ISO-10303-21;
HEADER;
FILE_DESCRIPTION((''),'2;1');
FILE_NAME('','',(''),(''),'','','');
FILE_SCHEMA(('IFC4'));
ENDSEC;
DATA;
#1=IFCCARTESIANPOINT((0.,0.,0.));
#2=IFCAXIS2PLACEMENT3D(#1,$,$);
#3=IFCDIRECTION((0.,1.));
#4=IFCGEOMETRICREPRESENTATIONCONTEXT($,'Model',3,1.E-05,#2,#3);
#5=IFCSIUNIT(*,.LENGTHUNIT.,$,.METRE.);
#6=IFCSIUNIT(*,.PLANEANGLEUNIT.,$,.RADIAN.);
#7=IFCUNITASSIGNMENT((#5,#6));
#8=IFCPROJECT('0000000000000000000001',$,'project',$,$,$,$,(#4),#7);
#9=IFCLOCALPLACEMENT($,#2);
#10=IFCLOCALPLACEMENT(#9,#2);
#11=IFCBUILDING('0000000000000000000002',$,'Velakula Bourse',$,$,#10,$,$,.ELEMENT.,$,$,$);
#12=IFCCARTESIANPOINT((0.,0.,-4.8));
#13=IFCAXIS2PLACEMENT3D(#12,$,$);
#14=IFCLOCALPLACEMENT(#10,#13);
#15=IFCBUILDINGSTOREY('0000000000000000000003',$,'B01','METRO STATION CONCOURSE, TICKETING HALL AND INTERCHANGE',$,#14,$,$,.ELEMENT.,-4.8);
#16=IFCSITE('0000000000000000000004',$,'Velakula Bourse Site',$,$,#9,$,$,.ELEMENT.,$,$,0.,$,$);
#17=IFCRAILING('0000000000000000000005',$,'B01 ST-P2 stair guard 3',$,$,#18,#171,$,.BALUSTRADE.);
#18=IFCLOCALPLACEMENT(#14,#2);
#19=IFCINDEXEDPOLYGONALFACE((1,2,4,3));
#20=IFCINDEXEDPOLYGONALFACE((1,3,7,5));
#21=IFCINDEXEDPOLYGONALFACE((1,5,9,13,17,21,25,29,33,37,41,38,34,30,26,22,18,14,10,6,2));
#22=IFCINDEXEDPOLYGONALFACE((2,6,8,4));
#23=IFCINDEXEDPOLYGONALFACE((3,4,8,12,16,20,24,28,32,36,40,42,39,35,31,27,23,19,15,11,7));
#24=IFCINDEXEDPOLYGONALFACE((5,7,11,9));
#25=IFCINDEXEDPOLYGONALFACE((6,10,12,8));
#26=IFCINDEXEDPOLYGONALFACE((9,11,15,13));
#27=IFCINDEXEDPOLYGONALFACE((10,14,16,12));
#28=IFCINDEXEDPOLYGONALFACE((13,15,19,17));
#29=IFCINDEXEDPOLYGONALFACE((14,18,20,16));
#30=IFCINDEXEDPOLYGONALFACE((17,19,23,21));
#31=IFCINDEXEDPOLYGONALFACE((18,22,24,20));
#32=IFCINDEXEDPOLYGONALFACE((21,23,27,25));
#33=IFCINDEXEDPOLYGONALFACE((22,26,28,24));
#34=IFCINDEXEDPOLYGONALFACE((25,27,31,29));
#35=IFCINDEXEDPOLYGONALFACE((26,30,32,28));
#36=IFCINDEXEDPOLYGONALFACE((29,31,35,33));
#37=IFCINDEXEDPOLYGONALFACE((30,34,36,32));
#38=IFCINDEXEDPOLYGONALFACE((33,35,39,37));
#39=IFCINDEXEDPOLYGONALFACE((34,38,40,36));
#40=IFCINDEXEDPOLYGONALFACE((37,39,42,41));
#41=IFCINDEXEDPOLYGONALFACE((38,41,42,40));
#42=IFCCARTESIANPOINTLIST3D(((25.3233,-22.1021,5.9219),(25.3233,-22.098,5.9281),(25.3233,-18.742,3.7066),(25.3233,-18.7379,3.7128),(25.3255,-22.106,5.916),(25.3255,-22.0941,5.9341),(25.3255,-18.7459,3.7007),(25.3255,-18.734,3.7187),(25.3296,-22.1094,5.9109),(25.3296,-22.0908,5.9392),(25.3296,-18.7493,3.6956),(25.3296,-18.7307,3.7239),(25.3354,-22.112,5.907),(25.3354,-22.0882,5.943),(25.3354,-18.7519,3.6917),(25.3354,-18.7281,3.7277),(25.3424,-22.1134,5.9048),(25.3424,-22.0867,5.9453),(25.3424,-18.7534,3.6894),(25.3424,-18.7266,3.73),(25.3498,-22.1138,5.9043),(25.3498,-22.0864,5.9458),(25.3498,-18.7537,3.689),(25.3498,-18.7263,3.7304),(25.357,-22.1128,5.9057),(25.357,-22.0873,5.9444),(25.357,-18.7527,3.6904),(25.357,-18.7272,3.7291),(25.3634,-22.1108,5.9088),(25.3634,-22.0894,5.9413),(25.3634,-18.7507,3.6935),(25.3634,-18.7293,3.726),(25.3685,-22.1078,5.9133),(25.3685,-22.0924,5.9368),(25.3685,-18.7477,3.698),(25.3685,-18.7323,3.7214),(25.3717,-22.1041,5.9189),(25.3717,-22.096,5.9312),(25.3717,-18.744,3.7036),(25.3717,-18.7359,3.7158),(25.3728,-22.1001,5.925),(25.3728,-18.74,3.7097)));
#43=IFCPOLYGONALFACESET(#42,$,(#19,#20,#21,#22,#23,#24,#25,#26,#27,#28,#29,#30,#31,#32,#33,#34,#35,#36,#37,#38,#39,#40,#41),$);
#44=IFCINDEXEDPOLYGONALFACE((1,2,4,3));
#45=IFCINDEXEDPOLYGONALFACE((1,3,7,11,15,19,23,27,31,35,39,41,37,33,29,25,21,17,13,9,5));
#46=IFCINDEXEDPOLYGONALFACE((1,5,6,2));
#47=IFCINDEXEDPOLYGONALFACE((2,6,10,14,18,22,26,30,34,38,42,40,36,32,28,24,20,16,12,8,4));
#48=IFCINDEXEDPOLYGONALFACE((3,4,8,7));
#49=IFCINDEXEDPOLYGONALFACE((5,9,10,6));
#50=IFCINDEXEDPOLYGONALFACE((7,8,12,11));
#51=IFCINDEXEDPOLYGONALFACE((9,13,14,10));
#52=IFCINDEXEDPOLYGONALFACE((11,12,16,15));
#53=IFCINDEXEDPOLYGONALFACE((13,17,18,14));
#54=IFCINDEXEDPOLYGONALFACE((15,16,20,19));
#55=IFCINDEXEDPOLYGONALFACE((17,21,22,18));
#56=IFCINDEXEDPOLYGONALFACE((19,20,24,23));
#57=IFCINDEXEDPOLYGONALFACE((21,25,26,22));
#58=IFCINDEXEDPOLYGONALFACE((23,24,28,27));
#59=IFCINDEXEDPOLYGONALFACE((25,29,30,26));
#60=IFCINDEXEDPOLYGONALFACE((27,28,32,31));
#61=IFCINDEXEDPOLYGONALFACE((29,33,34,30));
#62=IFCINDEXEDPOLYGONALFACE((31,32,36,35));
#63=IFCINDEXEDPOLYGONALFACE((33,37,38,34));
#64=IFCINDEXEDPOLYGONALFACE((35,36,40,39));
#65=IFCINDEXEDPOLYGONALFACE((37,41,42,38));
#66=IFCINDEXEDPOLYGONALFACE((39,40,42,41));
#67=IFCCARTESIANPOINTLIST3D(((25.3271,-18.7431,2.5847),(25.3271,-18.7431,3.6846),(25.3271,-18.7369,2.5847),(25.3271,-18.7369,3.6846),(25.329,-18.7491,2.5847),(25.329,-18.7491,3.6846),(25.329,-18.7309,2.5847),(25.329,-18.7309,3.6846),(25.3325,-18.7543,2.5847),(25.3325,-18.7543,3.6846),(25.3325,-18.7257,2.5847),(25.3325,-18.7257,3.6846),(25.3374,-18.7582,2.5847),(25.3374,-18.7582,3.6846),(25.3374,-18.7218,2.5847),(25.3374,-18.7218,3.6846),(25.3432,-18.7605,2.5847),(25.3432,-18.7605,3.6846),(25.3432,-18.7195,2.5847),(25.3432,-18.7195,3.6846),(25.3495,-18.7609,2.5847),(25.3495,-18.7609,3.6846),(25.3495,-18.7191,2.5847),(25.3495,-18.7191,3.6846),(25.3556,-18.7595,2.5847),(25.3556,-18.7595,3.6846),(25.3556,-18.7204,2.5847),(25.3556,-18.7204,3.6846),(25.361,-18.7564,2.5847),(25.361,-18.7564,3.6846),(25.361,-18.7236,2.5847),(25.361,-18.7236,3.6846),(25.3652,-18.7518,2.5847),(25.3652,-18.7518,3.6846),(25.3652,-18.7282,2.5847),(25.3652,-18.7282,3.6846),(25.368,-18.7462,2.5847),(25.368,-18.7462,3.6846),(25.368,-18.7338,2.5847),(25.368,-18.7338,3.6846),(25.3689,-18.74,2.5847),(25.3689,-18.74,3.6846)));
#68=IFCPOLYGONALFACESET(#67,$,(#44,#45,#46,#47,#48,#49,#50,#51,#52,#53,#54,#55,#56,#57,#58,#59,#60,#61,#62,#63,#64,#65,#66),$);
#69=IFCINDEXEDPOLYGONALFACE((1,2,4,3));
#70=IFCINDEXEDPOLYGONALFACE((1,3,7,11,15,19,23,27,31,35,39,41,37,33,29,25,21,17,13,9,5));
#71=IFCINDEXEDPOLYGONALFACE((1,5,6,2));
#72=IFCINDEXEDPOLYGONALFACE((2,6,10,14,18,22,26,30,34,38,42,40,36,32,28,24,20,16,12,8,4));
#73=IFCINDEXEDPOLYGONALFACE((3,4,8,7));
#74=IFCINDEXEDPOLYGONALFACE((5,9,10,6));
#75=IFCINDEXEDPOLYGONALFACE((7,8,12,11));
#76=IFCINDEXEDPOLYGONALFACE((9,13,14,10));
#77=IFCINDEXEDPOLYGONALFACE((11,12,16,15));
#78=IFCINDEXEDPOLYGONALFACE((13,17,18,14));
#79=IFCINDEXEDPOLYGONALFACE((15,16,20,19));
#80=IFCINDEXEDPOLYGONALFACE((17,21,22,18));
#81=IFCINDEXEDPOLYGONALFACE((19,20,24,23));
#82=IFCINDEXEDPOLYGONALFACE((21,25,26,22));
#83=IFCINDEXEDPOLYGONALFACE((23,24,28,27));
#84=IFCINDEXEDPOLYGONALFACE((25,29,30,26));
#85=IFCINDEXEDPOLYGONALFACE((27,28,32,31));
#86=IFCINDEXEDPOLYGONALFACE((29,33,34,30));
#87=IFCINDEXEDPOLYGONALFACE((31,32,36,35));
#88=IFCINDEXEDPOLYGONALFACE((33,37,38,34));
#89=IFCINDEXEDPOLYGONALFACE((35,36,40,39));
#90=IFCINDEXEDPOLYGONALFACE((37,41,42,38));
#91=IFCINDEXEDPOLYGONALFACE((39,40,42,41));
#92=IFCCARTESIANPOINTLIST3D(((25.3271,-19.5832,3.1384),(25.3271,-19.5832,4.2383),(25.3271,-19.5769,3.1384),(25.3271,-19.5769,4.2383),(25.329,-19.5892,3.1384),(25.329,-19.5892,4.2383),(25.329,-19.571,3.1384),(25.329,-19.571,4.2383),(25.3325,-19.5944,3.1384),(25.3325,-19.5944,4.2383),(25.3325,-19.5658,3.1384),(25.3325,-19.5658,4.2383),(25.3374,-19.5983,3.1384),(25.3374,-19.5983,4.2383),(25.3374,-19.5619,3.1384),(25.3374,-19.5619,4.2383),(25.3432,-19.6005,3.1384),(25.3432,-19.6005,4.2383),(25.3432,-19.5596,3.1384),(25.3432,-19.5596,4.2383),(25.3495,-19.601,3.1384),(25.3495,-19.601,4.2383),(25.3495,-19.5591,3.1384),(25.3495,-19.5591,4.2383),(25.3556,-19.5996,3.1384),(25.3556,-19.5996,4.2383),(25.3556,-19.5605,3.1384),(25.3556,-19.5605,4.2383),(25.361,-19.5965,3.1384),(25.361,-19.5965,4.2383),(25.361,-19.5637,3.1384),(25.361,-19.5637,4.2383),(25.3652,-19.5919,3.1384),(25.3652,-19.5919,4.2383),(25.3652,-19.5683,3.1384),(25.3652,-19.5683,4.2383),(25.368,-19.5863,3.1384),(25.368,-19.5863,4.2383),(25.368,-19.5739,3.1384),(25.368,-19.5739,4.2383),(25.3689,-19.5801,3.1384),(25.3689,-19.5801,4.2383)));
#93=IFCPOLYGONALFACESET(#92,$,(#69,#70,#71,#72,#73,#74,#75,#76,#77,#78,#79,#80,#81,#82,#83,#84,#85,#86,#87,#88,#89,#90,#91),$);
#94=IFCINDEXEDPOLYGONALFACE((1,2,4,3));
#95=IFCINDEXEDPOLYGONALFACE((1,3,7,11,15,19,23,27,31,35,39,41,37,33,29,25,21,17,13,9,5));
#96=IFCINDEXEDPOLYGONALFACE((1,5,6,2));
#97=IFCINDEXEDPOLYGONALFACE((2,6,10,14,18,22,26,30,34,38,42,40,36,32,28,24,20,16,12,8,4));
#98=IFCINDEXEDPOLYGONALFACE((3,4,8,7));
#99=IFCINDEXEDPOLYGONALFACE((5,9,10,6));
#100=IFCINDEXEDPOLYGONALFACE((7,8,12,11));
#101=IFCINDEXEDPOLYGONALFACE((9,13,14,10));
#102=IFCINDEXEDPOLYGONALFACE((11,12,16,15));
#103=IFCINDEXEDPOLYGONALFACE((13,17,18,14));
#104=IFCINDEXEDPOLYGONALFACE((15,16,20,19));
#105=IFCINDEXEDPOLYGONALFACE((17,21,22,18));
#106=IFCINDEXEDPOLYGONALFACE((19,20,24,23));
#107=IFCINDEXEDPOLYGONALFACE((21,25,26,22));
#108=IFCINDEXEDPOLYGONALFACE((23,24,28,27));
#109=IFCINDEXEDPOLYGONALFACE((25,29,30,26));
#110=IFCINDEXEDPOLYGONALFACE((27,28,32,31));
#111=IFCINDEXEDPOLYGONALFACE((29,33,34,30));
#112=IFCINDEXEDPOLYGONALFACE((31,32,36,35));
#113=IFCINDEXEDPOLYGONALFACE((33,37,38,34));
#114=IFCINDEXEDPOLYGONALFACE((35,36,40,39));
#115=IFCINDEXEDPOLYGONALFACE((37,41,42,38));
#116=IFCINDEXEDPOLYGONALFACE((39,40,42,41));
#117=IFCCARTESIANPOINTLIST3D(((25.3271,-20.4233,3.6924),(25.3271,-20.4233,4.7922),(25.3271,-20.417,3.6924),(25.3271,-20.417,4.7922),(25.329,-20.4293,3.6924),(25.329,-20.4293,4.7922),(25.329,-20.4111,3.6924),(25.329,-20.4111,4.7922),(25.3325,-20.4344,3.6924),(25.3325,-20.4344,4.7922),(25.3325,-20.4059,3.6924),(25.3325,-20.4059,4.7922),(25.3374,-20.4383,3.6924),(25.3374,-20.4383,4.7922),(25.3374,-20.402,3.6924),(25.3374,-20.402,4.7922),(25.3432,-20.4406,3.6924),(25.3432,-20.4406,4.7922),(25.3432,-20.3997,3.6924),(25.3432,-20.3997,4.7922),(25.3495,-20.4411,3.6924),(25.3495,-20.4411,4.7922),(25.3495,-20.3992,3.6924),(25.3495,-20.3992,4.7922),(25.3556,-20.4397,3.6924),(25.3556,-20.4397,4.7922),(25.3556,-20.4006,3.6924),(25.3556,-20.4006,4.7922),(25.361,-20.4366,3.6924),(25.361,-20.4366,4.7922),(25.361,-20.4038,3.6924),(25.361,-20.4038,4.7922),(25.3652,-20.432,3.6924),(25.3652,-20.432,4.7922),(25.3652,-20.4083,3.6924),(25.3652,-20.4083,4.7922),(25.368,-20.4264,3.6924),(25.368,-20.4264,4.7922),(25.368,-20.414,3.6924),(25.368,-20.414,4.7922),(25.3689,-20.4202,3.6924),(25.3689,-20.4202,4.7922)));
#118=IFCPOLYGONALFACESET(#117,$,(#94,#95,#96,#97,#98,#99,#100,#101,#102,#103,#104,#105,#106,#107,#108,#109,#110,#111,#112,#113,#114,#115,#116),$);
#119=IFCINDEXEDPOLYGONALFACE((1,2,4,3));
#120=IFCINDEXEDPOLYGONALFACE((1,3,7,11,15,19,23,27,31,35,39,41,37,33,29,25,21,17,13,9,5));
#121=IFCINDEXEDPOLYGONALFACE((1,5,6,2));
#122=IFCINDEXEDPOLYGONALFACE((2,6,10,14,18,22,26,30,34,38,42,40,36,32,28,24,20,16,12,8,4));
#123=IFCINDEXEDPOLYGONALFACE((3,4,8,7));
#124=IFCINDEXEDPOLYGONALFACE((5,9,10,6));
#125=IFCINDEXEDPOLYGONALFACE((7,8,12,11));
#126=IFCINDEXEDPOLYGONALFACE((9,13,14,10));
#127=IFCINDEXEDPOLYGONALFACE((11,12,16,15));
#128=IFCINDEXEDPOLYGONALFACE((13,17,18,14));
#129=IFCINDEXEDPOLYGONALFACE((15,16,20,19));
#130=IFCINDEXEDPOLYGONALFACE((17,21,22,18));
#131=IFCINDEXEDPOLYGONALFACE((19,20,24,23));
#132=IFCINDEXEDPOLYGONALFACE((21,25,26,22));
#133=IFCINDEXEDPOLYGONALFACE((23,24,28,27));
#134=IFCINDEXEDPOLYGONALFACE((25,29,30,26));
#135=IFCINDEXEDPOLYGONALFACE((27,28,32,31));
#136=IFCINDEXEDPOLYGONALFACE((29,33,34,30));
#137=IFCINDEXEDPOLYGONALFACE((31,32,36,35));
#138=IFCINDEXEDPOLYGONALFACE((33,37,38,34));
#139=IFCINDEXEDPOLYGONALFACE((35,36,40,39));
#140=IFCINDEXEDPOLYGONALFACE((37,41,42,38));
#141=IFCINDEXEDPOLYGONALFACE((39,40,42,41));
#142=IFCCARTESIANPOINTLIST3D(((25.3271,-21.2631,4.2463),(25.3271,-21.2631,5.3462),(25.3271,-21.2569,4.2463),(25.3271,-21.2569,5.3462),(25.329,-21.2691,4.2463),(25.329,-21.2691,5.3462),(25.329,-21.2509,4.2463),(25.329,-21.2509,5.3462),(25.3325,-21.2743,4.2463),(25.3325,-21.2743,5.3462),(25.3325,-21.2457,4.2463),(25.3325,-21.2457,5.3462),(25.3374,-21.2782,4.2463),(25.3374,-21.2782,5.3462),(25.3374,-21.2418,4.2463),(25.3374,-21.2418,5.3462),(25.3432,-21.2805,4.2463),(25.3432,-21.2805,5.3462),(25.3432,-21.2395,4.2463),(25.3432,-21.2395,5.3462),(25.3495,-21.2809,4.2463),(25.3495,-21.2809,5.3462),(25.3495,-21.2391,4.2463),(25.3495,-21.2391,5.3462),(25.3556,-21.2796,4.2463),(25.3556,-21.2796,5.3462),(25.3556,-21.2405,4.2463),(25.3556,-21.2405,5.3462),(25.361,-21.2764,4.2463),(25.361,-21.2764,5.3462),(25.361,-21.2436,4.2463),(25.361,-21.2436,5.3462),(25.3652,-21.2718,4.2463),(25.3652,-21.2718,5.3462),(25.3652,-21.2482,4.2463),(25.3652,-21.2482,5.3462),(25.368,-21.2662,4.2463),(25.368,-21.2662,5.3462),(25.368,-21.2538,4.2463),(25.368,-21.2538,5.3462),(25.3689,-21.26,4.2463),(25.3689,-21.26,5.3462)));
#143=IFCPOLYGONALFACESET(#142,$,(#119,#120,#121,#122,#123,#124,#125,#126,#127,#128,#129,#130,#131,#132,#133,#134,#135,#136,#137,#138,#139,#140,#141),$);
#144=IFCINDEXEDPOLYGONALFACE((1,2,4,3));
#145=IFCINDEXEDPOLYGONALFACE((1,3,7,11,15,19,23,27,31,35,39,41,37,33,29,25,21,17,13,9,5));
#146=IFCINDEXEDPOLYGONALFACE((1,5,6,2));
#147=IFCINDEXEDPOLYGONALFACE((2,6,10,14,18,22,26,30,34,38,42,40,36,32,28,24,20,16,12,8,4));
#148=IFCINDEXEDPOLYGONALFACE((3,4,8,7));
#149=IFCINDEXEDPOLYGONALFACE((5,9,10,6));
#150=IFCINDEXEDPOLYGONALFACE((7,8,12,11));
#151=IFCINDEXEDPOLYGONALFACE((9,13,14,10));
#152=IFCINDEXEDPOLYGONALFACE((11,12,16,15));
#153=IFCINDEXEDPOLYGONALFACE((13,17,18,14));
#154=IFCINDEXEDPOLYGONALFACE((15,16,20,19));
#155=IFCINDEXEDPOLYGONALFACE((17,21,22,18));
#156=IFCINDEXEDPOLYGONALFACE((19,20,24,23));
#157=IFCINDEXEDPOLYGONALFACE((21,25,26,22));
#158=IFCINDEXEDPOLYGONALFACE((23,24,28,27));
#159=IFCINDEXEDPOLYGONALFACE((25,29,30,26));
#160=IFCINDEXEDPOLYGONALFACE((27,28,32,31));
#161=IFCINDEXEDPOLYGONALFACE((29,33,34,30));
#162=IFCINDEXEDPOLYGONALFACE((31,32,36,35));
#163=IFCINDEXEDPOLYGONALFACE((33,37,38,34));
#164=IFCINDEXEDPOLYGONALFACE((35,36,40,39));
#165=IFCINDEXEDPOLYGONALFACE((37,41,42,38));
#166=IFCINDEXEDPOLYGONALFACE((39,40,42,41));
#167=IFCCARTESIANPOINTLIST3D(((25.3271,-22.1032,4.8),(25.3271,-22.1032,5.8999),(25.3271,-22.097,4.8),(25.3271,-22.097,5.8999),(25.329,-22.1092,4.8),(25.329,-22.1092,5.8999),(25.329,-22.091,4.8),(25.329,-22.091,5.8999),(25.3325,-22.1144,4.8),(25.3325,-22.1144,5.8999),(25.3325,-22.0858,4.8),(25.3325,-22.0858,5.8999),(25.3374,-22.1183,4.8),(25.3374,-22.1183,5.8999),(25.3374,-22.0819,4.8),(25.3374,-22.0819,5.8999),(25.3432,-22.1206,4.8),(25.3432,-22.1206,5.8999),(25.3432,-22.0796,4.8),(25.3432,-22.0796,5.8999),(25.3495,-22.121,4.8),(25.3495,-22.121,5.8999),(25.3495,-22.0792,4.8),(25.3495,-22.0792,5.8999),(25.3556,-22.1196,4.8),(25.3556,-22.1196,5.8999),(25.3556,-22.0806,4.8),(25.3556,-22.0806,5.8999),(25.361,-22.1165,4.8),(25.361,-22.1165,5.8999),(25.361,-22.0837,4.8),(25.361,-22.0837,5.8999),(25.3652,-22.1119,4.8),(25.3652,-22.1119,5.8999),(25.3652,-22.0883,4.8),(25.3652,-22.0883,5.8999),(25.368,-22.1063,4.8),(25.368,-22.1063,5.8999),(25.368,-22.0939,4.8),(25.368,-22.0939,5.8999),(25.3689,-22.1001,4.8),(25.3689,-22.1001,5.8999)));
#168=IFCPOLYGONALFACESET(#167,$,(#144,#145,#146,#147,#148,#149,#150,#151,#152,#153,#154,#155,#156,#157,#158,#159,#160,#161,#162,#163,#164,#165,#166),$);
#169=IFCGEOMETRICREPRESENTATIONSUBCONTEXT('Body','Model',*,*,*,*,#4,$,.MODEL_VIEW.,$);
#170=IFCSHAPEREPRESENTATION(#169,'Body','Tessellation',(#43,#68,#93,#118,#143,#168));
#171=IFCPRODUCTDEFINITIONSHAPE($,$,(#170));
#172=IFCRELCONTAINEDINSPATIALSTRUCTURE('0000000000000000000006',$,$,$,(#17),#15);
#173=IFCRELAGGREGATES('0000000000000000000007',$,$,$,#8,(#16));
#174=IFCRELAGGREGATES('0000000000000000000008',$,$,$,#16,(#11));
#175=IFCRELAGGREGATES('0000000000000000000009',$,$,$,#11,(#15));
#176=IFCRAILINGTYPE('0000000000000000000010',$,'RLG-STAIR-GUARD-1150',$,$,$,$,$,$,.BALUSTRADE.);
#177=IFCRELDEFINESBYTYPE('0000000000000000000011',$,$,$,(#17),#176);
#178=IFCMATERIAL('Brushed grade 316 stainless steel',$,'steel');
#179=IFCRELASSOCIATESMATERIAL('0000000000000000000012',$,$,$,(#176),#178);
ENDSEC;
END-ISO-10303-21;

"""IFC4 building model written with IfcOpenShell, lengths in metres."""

from ifc_helpers import new_model, si_unit, direction, frame, origin, origin_2d, place, context, subcontext, project, spatial, circle, extrude, material, type_object, element, save


model = new_model("IFC4")

# Units and contexts
model_context = context("Model", 3, precision=1e-05, world=origin(), true_north=direction((0.0, 1.0)))
body_context = subcontext(model_context, "Body", "Model", "MODEL_VIEW")
ifc_project = project(units=[si_unit("LENGTHUNIT", "METRE"), si_unit("PLANEANGLEUNIT", "RADIAN")], contexts=[model_context])

# Site, building, storey
site_placement = place(None, origin())
site = spatial("IfcSite", under=ifc_project, at=site_placement, Name="Velakula Bourse Site", CompositionType="ELEMENT", RefElevation=0.0)
building_placement = place(site_placement, origin())
building = spatial("IfcBuilding", under=site, at=building_placement, Name="Velakula Bourse", CompositionType="ELEMENT")
storey_placement = place(building_placement, frame((0.0, 0.0, -4.8)))
storey = spatial("IfcBuildingStorey", under=building, at=storey_placement, Name="B01", Description="METRO STATION CONCOURSE, TICKETING HALL AND INTERCHANGE", CompositionType="ELEMENT", Elevation=-4.8)

# Railing
ifc_material_1 = material(Name="Brushed grade 316 stainless steel", Category="steel")
railing_type_1 = type_object("IfcRailingType", Name="RLG-STAIR-GUARD-1150", PredefinedType="BALUSTRADE", material=ifc_material_1)
railing_1_placement = place(storey_placement, frame((25.3479, -18.74, 2.5847)))
element("IfcRailing", 1, at=railing_1_placement, inside=storey, type_object=railing_type_1, Name="B01 ST-P2 stair guard 3", PredefinedType="BALUSTRADE", context=body_context, shape_type="SweptSolid", body=[
    extrude(circle(Radius=0.0249, at=origin_2d()), frame((0.0, 0.0, 1.125), z_axis=(0.0, -0.834876, 0.550437), x_axis=(1.0, 0.0, 0.0)), (0.0, 0.0, 1.0), 4.0247),
    extrude(circle(Radius=0.021, at=origin_2d()), origin(), (0.0, 0.0, 1.0), 1.0999),
    extrude(circle(Radius=0.021, at=origin_2d()), frame((0.0, -0.8401, 0.5537)), (0.0, 0.0, 1.0), 1.0999),
    extrude(circle(Radius=0.021, at=origin_2d()), frame((0.0, -1.6802, 1.1077)), (0.0, 0.0, 1.0), 1.0999),
    extrude(circle(Radius=0.021, at=origin_2d()), frame((0.0, -2.52, 1.6616)), (0.0, 0.0, 1.0), 1.0999),
    extrude(circle(Radius=0.021, at=origin_2d()), frame((0.0, -3.3601, 2.2153)), (0.0, 0.0, 1.0), 1.0999),
])

save(model, "model.ifc")
